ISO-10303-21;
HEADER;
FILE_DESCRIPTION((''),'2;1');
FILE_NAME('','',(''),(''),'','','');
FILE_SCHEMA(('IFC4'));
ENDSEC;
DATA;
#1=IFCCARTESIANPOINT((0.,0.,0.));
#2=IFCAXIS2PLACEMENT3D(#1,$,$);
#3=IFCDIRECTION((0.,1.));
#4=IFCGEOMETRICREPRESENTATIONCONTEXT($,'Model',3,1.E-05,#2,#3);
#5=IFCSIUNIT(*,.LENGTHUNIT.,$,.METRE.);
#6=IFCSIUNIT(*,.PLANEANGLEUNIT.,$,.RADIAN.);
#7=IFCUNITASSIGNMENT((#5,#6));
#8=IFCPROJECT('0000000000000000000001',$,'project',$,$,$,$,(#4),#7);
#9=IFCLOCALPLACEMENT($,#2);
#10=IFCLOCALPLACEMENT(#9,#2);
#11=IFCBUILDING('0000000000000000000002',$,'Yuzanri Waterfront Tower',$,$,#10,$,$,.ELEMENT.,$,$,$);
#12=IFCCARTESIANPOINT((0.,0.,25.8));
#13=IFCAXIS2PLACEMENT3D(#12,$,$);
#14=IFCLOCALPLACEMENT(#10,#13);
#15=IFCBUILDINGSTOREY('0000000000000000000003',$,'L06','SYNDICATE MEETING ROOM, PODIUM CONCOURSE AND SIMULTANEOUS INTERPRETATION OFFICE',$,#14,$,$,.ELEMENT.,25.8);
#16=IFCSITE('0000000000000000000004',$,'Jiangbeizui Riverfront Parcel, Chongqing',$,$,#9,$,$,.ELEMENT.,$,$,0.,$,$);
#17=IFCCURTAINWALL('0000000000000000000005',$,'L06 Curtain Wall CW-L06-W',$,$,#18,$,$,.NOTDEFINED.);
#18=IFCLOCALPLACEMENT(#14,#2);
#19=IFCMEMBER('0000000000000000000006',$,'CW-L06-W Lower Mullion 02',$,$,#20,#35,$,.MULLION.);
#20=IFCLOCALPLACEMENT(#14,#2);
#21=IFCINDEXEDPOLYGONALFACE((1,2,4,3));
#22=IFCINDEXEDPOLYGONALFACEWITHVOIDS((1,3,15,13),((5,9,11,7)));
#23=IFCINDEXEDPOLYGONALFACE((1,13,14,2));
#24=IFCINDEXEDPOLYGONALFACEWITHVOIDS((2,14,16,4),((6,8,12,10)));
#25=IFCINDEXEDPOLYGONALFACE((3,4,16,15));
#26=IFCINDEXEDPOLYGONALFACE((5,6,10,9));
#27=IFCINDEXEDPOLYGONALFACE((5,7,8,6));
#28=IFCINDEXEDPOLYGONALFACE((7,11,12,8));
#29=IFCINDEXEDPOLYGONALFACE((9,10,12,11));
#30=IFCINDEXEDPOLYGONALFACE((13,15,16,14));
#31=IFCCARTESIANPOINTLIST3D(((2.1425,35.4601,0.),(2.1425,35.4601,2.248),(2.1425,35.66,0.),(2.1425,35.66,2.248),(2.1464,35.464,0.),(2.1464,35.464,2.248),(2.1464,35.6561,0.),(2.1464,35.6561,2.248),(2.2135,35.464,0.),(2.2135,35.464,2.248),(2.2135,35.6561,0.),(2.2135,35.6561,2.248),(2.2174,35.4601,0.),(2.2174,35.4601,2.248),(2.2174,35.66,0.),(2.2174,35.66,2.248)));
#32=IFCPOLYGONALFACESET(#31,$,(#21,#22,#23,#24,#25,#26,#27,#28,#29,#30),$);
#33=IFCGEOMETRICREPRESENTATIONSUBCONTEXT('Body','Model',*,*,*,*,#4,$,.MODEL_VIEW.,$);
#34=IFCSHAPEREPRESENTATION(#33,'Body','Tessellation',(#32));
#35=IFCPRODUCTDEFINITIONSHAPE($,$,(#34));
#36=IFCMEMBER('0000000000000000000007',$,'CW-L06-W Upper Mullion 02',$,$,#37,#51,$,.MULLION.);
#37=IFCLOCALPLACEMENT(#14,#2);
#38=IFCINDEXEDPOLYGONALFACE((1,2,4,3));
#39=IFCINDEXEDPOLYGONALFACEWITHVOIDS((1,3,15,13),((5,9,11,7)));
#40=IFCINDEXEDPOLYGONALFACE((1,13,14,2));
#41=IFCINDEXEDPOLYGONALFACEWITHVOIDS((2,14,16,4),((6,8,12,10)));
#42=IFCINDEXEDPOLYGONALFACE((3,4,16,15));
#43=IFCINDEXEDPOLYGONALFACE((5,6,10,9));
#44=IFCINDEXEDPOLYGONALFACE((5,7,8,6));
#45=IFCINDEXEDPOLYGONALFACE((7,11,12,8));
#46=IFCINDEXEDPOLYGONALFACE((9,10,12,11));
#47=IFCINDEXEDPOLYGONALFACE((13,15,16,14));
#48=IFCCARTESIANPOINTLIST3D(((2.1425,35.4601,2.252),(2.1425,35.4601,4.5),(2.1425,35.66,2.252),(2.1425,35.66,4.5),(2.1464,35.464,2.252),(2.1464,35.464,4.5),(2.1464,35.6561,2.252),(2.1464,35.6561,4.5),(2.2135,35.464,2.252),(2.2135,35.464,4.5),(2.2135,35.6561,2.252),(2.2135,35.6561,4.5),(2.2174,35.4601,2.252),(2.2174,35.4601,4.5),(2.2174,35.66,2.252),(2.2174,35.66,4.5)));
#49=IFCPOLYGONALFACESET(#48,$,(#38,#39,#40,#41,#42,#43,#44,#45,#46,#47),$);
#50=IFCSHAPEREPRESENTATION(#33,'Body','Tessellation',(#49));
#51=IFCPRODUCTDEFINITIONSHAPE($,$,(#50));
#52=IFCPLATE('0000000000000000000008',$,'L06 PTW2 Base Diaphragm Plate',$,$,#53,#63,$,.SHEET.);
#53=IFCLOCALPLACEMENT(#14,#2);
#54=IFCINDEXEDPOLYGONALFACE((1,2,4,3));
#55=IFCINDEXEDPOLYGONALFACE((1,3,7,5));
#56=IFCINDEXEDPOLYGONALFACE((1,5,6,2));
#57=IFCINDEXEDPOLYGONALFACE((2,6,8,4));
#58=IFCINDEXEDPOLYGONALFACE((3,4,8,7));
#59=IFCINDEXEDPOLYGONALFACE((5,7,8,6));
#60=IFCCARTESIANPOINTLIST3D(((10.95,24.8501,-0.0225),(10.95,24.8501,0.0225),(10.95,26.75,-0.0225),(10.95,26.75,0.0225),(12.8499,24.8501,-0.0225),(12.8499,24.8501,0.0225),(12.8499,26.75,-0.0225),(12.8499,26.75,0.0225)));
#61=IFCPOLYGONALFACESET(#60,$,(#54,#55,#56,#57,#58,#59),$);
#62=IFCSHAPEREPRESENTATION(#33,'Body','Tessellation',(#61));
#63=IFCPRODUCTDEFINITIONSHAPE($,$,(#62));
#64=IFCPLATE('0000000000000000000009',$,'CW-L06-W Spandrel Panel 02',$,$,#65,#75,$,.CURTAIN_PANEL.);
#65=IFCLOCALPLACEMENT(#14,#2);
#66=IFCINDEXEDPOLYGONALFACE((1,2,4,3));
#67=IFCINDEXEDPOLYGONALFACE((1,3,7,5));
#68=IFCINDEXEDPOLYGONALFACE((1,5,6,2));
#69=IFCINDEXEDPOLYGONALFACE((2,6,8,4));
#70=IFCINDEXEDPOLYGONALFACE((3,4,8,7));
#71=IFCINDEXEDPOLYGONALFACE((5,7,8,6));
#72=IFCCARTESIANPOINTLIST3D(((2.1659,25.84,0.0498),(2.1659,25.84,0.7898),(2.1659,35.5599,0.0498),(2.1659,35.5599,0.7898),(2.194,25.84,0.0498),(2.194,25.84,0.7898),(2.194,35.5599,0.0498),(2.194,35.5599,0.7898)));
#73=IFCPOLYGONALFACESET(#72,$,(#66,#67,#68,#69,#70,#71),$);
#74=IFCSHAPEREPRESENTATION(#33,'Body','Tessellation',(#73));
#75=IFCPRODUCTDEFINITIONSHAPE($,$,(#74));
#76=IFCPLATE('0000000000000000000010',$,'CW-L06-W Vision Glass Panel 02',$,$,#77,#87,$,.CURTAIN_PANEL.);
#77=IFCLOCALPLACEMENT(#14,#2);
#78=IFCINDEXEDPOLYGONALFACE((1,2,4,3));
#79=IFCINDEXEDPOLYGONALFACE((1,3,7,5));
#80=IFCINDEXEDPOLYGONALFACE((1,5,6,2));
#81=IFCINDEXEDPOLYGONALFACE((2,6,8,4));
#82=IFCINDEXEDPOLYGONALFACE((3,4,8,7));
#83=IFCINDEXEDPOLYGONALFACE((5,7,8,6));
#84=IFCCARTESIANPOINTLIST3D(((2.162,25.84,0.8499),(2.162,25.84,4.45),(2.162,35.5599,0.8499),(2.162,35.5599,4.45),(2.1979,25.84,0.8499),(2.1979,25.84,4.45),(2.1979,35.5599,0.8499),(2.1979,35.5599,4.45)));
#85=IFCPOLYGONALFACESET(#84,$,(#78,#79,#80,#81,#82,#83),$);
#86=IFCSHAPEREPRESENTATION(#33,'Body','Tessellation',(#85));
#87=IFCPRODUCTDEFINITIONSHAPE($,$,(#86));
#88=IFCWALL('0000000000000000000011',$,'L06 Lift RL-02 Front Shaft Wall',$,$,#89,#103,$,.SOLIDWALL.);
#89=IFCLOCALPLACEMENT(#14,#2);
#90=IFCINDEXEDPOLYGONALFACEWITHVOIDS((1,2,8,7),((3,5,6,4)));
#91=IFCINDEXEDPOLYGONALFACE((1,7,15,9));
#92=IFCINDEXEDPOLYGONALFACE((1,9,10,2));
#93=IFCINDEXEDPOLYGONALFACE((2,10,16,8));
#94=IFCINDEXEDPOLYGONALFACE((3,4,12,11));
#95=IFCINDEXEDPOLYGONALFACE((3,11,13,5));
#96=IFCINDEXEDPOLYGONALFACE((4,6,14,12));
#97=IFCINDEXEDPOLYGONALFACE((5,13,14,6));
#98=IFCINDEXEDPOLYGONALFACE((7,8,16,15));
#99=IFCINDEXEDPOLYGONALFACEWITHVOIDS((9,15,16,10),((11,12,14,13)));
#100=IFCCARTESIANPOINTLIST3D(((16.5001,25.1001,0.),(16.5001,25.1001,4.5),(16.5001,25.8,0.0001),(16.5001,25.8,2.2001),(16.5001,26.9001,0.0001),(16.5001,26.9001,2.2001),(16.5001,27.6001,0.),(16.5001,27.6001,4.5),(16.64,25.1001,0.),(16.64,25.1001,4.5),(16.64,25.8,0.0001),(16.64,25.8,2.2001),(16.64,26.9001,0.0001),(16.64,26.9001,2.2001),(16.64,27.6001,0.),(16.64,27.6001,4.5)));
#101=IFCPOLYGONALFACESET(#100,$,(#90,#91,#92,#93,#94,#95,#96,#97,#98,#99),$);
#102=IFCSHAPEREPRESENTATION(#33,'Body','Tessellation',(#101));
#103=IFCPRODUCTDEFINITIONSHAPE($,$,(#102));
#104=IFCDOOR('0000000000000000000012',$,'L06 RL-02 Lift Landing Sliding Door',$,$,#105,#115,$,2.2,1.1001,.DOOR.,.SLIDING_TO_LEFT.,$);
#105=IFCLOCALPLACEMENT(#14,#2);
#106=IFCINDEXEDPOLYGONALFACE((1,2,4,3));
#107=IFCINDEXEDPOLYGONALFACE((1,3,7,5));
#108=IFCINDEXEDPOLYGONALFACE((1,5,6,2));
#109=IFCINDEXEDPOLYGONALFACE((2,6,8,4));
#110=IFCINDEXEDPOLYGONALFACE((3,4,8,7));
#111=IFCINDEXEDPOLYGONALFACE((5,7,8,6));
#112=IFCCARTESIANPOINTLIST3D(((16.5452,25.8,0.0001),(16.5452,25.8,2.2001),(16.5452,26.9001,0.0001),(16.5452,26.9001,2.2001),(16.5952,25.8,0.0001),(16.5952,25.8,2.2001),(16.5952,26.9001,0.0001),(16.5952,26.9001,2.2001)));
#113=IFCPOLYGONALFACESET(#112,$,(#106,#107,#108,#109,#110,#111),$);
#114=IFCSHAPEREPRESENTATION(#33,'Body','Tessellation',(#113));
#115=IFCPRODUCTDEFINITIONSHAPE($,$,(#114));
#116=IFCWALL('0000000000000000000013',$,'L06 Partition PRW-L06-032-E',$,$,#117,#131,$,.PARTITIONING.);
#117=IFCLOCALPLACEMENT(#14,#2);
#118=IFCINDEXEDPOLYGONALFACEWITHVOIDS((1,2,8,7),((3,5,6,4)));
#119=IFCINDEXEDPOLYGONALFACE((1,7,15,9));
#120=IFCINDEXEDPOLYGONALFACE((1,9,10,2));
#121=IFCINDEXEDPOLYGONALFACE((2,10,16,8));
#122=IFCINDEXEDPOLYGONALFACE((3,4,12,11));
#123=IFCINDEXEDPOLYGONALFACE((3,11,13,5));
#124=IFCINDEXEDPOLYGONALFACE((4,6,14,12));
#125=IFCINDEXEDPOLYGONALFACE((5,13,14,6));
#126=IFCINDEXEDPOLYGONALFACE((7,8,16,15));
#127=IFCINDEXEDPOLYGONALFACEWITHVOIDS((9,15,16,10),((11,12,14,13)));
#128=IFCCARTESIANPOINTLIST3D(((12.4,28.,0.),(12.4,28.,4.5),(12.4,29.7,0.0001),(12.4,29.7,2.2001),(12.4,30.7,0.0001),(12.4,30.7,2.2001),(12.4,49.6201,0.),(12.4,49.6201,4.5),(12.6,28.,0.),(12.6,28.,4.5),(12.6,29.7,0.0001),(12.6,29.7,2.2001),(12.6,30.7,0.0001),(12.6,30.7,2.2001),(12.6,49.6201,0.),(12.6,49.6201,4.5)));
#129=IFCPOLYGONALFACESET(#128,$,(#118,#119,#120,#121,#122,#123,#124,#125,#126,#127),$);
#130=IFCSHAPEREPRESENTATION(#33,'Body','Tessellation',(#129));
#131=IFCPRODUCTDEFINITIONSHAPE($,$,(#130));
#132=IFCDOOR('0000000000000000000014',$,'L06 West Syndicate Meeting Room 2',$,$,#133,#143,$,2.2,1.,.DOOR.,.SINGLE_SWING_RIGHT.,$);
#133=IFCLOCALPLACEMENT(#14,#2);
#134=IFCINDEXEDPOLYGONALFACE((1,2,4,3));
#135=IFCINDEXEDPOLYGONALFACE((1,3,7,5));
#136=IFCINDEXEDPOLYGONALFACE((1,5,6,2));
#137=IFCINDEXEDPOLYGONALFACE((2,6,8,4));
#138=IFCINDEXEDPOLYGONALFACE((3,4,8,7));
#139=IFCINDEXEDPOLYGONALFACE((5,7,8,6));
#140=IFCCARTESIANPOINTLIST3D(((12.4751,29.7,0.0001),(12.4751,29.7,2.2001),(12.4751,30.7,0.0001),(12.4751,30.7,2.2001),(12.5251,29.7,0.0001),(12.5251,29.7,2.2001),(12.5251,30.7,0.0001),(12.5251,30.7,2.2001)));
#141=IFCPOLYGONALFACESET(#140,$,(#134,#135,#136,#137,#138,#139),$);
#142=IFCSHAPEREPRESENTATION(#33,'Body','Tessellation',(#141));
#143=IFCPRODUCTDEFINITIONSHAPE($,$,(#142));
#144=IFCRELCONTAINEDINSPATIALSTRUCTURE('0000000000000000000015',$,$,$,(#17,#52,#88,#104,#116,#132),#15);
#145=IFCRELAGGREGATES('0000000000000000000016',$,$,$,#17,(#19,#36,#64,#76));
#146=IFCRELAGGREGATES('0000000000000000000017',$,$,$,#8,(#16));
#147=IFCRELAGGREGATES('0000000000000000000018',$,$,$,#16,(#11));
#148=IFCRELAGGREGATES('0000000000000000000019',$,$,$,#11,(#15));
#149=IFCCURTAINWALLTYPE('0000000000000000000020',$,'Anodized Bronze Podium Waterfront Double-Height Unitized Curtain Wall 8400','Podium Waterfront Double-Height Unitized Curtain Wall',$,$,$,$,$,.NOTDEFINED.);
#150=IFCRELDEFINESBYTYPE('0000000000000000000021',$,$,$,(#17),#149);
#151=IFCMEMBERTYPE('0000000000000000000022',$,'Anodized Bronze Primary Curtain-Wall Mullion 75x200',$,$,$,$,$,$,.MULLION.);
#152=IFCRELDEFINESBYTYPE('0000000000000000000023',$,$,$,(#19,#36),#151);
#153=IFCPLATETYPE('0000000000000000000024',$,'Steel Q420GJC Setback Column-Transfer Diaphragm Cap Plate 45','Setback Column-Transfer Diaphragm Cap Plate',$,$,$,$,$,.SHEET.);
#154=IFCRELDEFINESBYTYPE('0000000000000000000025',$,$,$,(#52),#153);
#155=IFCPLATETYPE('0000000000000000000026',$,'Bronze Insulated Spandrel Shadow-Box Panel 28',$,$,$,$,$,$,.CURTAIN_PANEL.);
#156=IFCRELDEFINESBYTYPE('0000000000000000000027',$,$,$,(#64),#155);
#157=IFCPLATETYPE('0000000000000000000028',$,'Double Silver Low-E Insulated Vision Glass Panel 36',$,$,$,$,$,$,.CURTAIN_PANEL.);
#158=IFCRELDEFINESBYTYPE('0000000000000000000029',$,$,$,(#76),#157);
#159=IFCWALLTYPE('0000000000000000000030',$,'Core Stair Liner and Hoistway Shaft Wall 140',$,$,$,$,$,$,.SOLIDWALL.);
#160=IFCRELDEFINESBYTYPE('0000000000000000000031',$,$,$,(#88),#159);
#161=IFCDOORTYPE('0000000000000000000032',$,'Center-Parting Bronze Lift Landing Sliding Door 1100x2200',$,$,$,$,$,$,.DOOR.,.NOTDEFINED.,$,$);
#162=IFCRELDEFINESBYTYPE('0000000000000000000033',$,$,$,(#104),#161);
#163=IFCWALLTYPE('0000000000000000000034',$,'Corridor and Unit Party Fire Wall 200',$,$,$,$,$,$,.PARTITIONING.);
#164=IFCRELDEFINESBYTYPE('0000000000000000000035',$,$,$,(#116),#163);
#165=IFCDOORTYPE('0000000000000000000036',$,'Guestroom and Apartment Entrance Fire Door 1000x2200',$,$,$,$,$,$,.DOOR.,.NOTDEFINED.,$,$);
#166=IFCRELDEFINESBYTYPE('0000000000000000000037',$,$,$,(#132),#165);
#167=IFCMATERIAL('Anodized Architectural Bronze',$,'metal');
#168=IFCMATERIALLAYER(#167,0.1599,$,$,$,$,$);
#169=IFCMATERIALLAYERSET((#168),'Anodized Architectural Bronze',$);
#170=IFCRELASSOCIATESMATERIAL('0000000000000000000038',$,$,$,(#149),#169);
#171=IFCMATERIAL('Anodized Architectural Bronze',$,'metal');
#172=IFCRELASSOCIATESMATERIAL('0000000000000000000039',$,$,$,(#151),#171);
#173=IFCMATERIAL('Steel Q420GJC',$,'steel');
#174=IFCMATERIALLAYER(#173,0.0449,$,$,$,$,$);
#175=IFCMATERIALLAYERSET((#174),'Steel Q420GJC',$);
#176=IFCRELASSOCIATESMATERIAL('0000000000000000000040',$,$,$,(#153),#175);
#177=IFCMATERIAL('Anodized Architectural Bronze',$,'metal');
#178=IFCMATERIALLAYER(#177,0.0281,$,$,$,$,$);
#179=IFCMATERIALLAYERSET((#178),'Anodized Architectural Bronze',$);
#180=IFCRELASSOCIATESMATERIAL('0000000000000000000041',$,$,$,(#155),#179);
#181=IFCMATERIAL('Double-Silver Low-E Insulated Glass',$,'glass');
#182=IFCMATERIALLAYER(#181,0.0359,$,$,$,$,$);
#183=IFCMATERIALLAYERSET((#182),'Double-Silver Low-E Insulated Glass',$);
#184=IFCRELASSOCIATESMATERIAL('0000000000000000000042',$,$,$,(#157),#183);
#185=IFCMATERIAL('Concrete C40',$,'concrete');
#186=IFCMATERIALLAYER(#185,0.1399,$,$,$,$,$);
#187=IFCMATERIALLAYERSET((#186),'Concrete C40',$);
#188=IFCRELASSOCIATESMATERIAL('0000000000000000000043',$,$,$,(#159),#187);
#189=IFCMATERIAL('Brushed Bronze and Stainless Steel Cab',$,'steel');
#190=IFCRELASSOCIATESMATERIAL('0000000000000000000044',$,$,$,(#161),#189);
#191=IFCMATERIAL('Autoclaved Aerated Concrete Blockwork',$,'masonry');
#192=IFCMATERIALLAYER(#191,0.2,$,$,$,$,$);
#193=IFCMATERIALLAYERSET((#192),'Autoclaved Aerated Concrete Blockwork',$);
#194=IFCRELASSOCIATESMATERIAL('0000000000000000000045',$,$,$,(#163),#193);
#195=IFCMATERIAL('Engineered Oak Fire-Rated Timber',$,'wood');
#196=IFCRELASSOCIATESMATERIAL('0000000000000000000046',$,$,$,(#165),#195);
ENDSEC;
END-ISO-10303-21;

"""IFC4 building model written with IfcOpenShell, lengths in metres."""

from ifc_helpers import new_model, si_unit, direction, frame, frame_2d, origin, origin_2d, place, context, subcontext, project, spatial, rectangle, hollow_rectangle, extrude, source, transform, mapped, material, layer, layer_set, material_profile, profile_set, type_object, element, fill, aggregate, save


model = new_model("IFC4")

# Units and contexts
model_context = context("Model", 3, precision=1e-05, world=origin(), true_north=direction((0.0, 1.0)))
body_context = subcontext(model_context, "Body", "Model", "MODEL_VIEW")
ifc_project = project(units=[si_unit("LENGTHUNIT", "METRE"), si_unit("PLANEANGLEUNIT", "RADIAN")], contexts=[model_context])

# Site, building, storey
site_placement = place(None, origin())
site = spatial("IfcSite", under=ifc_project, at=site_placement, Name="Jiangbeizui Riverfront Parcel, Chongqing", CompositionType="ELEMENT", RefElevation=0.0)
building_placement = place(site_placement, origin())
building = spatial("IfcBuilding", under=site, at=building_placement, Name="Yuzanri Waterfront Tower", CompositionType="ELEMENT")
storey_placement = place(building_placement, frame((0.0, 0.0, 25.8)))
storey = spatial("IfcBuildingStorey", under=building, at=storey_placement, Name="L06", Description="SYNDICATE MEETING ROOM, PODIUM CONCOURSE AND SIMULTANEOUS INTERPRETATION OFFICE", CompositionType="ELEMENT", Elevation=25.8)

# Curtain wall, members
ifc_material_1 = material(Name="Anodized Architectural Bronze", Category="metal")
ifc_layer_1 = layer(ifc_material_1, 0.1599)
ifc_layer_set_1 = layer_set([ifc_layer_1], Name="Anodized Architectural Bronze")
curtain_wall_type = type_object("IfcCurtainWallType", Name="Anodized Bronze Podium Waterfront Double-Height Unitized Curtain Wall 8400", Description="Podium Waterfront Double-Height Unitized Curtain Wall", PredefinedType="NOTDEFINED", material=ifc_layer_set_1)
curtain_wall_placement = place(storey_placement, origin())
curtain_wall = element("IfcCurtainWall", 1, at=curtain_wall_placement, inside=storey, type_object=curtain_wall_type, Name="L06 Curtain Wall CW-L06-W", PredefinedType="NOTDEFINED")
ifc_material_2 = material(Name="Anodized Architectural Bronze", Category="metal")
ifc_material_profile_1 = material_profile(ifc_material_2, hollow_rectangle(XDim=0.075, YDim=0.2, WallThickness=0.0039, at=origin_2d()), Name="CWM 75x200")
ifc_profile_set_1 = profile_set([ifc_material_profile_1], Name="Anodized Architectural Bronze")
member_type = type_object("IfcMemberType", Name="Anodized Bronze Primary Curtain-Wall Mullion 75x200", PredefinedType="MULLION", material=ifc_profile_set_1)
shared_shape_1 = source(origin(), body_context, "Body", "SweptSolid", [
    extrude(hollow_rectangle(XDim=0.075, YDim=0.2, WallThickness=0.0039, at=origin_2d()), origin(), (0.0, 0.0, 1.0), 2.248),
])
member_1_placement = place(storey_placement, frame((2.1799, 35.5601, 0.0), z_axis=(0.0, 0.0, 1.0), x_axis=(1.0, 0.0, 0.0)))
member_1 = element("IfcMember", 2, at=member_1_placement, type_object=member_type, Name="CW-L06-W Lower Mullion 02", PredefinedType="MULLION", context=body_context, shape_type="MappedRepresentation", body=[
    mapped(shared_shape_1, transform((0.0, 0.0, 0.0), scale=1.0)),
])
member_2_placement = place(storey_placement, frame((2.1799, 35.5601, 2.252), z_axis=(0.0, 0.0, 1.0), x_axis=(1.0, 0.0, 0.0)))
member_2 = element("IfcMember", 3, at=member_2_placement, type_object=member_type, Name="CW-L06-W Upper Mullion 02", PredefinedType="MULLION", context=body_context, shape_type="MappedRepresentation", body=[
    mapped(shared_shape_1, transform((0.0, 0.0, 0.0), scale=1.0)),
])

# Plates
ifc_material_3 = material(Name="Steel Q420GJC", Category="steel")
ifc_layer_2 = layer(ifc_material_3, 0.0449)
ifc_layer_set_2 = layer_set([ifc_layer_2], Name="Steel Q420GJC")
plate_type_1 = type_object("IfcPlateType", Name="Steel Q420GJC Setback Column-Transfer Diaphragm Cap Plate 45", Description="Setback Column-Transfer Diaphragm Cap Plate", PredefinedType="SHEET", material=ifc_layer_set_2)
shared_shape_2 = source(origin(), body_context, "Body", "SweptSolid", [
    extrude(rectangle(XDim=1.8999, YDim=1.8999, at=origin_2d()), origin(), (0.0, 0.0, 1.0), 0.0449),
])
plate_1_placement = place(storey_placement, frame((11.8999, 25.8, -0.0225), z_axis=(0.0, 0.0, 1.0), x_axis=(1.0, 0.0, 0.0)))
element("IfcPlate", 4, at=plate_1_placement, inside=storey, type_object=plate_type_1, Name="L06 PTW2 Base Diaphragm Plate", PredefinedType="SHEET", context=body_context, shape_type="MappedRepresentation", body=[
    mapped(shared_shape_2, transform((0.0, 0.0, 0.0), scale=1.0)),
])
ifc_material_4 = material(Name="Anodized Architectural Bronze", Category="metal")
ifc_layer_3 = layer(ifc_material_4, 0.0281)
ifc_layer_set_3 = layer_set([ifc_layer_3], Name="Anodized Architectural Bronze")
plate_type_2 = type_object("IfcPlateType", Name="Bronze Insulated Spandrel Shadow-Box Panel 28", PredefinedType="CURTAIN_PANEL", material=ifc_layer_set_3)
shared_shape_3 = source(origin(), body_context, "Body", "SweptSolid", [
    extrude(rectangle(XDim=9.72, YDim=0.0281, at=origin_2d()), origin(), (0.0, 0.0, 1.0), 0.74),
])
plate_2_placement = place(storey_placement, frame((2.1799, 30.7, 0.0498), z_axis=(0.0, 0.0, 1.0), x_axis=(0.0, 1.0, 0.0)))
plate_2 = element("IfcPlate", 5, at=plate_2_placement, type_object=plate_type_2, Name="CW-L06-W Spandrel Panel 02", PredefinedType="CURTAIN_PANEL", context=body_context, shape_type="MappedRepresentation", body=[
    mapped(shared_shape_3, transform((0.0, 0.0, 0.0), scale=1.0)),
])
ifc_material_5 = material(Name="Double-Silver Low-E Insulated Glass", Category="glass")
ifc_layer_4 = layer(ifc_material_5, 0.0359)
ifc_layer_set_4 = layer_set([ifc_layer_4], Name="Double-Silver Low-E Insulated Glass")
plate_type_3 = type_object("IfcPlateType", Name="Double Silver Low-E Insulated Vision Glass Panel 36", PredefinedType="CURTAIN_PANEL", material=ifc_layer_set_4)
shared_shape_4 = source(origin(), body_context, "Body", "SweptSolid", [
    extrude(rectangle(XDim=9.72, YDim=0.0359, at=origin_2d()), origin(), (0.0, 0.0, 1.0), 3.6001),
])
plate_3_placement = place(storey_placement, frame((2.1799, 30.7, 0.8499), z_axis=(0.0, 0.0, 1.0), x_axis=(0.0, 1.0, 0.0)))
plate_3 = element("IfcPlate", 6, at=plate_3_placement, type_object=plate_type_3, Name="CW-L06-W Vision Glass Panel 02", PredefinedType="CURTAIN_PANEL", context=body_context, shape_type="MappedRepresentation", body=[
    mapped(shared_shape_4, transform((0.0, 0.0, 0.0), scale=1.0)),
])
aggregate(curtain_wall, [member_1, member_2, plate_2, plate_3])

# Walls, openings, doors
ifc_material_6 = material(Name="Concrete C40", Category="concrete")
ifc_layer_5 = layer(ifc_material_6, 0.1399)
ifc_layer_set_5 = layer_set([ifc_layer_5], Name="Concrete C40")
wall_type_1 = type_object("IfcWallType", Name="Core Stair Liner and Hoistway Shaft Wall 140", PredefinedType="SOLIDWALL", material=ifc_layer_set_5)
wall_1_placement = place(storey_placement, frame((16.5701, 25.1001, 0.0), z_axis=(0.0, 0.0, 1.0), x_axis=(0.0, 1.0, 0.0)))
wall_1 = element("IfcWall", 7, at=wall_1_placement, inside=storey, type_object=wall_type_1, Name="L06 Lift RL-02 Front Shaft Wall", PredefinedType="SOLIDWALL", context=body_context, shape_type="SweptSolid", body=[
    extrude(rectangle(XDim=2.5, YDim=0.1399, at=frame_2d((1.25, 0.0))), origin(), (0.0, 0.0, 1.0), 4.5),
])
opening_1_placement = place(wall_1_placement, frame((0.7, 0.0, 0.0)))
opening_1 = element("IfcOpeningElement", 8, at=opening_1_placement, cuts=wall_1, PredefinedType="OPENING", context=body_context, shape_type="SweptSolid", body=[
    extrude(rectangle(XDim=1.1001, YDim=2.2, at=frame_2d((0.55, 1.1001))), frame((0.0, 0.085, 0.0), z_axis=(0.0, -1.0, 0.0), x_axis=(1.0, 0.0, 0.0)), (0.0, 0.0, 1.0), 0.1697),
])
ifc_material_7 = material(Name="Brushed Bronze and Stainless Steel Cab", Category="steel")
door_type_1 = type_object("IfcDoorType", Name="Center-Parting Bronze Lift Landing Sliding Door 1100x2200", OperationType="NOTDEFINED", PredefinedType="DOOR", material=ifc_material_7)
shared_shape_5 = source(origin(), body_context, "Body", "SweptSolid", [
    extrude(rectangle(XDim=1.1001, YDim=2.2, at=frame_2d((0.55, 1.1001))), frame((0.0, 0.0249, 0.0), z_axis=(0.0, -1.0, 0.0), x_axis=(1.0, 0.0, 0.0)), (0.0, 0.0, 1.0), 0.05),
])
door_1_placement = place(opening_1_placement, origin())
door_1 = element("IfcDoor", 9, at=door_1_placement, inside=storey, type_object=door_type_1, Name="L06 RL-02 Lift Landing Sliding Door", OperationType="SLIDING_TO_LEFT", OverallHeight=2.2, OverallWidth=1.1001, PredefinedType="DOOR", context=body_context, shape_type="MappedRepresentation", body=[
    mapped(shared_shape_5, transform((0.0, 0.0, 0.0), scale=1.0)),
])
fill(opening_1, door_1)
ifc_material_8 = material(Name="Autoclaved Aerated Concrete Blockwork", Category="masonry")
ifc_layer_6 = layer(ifc_material_8, 0.2)
ifc_layer_set_6 = layer_set([ifc_layer_6], Name="Autoclaved Aerated Concrete Blockwork")
wall_type_2 = type_object("IfcWallType", Name="Corridor and Unit Party Fire Wall 200", PredefinedType="PARTITIONING", material=ifc_layer_set_6)
wall_2_placement = place(storey_placement, frame((12.5, 28.0, 0.0), z_axis=(0.0, 0.0, 1.0), x_axis=(0.0, 1.0, 0.0)))
wall_2 = element("IfcWall", 10, at=wall_2_placement, inside=storey, type_object=wall_type_2, Name="L06 Partition PRW-L06-032-E", PredefinedType="PARTITIONING", context=body_context, shape_type="SweptSolid", body=[
    extrude(rectangle(XDim=21.6201, YDim=0.2, at=frame_2d((10.8101, 0.0))), origin(), (0.0, 0.0, 1.0), 4.5),
])
opening_2_placement = place(wall_2_placement, frame((1.7, 0.0, 0.0)))
opening_2 = element("IfcOpeningElement", 11, at=opening_2_placement, cuts=wall_2, PredefinedType="OPENING", context=body_context, shape_type="SweptSolid", body=[
    extrude(rectangle(XDim=1.0, YDim=2.2, at=frame_2d((0.5, 1.1001))), frame((0.0, 0.1147, 0.0), z_axis=(0.0, -1.0, 0.0), x_axis=(1.0, 0.0, 0.0)), (0.0, 0.0, 1.0), 0.2297),
])
ifc_material_9 = material(Name="Engineered Oak Fire-Rated Timber", Category="wood")
door_type_2 = type_object("IfcDoorType", Name="Guestroom and Apartment Entrance Fire Door 1000x2200", OperationType="NOTDEFINED", PredefinedType="DOOR", material=ifc_material_9)
shared_shape_6 = source(origin(), body_context, "Body", "SweptSolid", [
    extrude(rectangle(XDim=1.0, YDim=2.2, at=frame_2d((0.5, 1.1001))), frame((0.0, 0.0249, 0.0), z_axis=(0.0, -1.0, 0.0), x_axis=(1.0, 0.0, 0.0)), (0.0, 0.0, 1.0), 0.05),
])
door_2_placement = place(opening_2_placement, origin())
door_2 = element("IfcDoor", 12, at=door_2_placement, inside=storey, type_object=door_type_2, Name="L06 West Syndicate Meeting Room 2", OperationType="SINGLE_SWING_RIGHT", OverallHeight=2.2, OverallWidth=1.0, PredefinedType="DOOR", context=body_context, shape_type="MappedRepresentation", body=[
    mapped(shared_shape_6, transform((0.0, 0.0, 0.0), scale=1.0)),
])
fill(opening_2, door_2)

save(model, "model.ifc")
